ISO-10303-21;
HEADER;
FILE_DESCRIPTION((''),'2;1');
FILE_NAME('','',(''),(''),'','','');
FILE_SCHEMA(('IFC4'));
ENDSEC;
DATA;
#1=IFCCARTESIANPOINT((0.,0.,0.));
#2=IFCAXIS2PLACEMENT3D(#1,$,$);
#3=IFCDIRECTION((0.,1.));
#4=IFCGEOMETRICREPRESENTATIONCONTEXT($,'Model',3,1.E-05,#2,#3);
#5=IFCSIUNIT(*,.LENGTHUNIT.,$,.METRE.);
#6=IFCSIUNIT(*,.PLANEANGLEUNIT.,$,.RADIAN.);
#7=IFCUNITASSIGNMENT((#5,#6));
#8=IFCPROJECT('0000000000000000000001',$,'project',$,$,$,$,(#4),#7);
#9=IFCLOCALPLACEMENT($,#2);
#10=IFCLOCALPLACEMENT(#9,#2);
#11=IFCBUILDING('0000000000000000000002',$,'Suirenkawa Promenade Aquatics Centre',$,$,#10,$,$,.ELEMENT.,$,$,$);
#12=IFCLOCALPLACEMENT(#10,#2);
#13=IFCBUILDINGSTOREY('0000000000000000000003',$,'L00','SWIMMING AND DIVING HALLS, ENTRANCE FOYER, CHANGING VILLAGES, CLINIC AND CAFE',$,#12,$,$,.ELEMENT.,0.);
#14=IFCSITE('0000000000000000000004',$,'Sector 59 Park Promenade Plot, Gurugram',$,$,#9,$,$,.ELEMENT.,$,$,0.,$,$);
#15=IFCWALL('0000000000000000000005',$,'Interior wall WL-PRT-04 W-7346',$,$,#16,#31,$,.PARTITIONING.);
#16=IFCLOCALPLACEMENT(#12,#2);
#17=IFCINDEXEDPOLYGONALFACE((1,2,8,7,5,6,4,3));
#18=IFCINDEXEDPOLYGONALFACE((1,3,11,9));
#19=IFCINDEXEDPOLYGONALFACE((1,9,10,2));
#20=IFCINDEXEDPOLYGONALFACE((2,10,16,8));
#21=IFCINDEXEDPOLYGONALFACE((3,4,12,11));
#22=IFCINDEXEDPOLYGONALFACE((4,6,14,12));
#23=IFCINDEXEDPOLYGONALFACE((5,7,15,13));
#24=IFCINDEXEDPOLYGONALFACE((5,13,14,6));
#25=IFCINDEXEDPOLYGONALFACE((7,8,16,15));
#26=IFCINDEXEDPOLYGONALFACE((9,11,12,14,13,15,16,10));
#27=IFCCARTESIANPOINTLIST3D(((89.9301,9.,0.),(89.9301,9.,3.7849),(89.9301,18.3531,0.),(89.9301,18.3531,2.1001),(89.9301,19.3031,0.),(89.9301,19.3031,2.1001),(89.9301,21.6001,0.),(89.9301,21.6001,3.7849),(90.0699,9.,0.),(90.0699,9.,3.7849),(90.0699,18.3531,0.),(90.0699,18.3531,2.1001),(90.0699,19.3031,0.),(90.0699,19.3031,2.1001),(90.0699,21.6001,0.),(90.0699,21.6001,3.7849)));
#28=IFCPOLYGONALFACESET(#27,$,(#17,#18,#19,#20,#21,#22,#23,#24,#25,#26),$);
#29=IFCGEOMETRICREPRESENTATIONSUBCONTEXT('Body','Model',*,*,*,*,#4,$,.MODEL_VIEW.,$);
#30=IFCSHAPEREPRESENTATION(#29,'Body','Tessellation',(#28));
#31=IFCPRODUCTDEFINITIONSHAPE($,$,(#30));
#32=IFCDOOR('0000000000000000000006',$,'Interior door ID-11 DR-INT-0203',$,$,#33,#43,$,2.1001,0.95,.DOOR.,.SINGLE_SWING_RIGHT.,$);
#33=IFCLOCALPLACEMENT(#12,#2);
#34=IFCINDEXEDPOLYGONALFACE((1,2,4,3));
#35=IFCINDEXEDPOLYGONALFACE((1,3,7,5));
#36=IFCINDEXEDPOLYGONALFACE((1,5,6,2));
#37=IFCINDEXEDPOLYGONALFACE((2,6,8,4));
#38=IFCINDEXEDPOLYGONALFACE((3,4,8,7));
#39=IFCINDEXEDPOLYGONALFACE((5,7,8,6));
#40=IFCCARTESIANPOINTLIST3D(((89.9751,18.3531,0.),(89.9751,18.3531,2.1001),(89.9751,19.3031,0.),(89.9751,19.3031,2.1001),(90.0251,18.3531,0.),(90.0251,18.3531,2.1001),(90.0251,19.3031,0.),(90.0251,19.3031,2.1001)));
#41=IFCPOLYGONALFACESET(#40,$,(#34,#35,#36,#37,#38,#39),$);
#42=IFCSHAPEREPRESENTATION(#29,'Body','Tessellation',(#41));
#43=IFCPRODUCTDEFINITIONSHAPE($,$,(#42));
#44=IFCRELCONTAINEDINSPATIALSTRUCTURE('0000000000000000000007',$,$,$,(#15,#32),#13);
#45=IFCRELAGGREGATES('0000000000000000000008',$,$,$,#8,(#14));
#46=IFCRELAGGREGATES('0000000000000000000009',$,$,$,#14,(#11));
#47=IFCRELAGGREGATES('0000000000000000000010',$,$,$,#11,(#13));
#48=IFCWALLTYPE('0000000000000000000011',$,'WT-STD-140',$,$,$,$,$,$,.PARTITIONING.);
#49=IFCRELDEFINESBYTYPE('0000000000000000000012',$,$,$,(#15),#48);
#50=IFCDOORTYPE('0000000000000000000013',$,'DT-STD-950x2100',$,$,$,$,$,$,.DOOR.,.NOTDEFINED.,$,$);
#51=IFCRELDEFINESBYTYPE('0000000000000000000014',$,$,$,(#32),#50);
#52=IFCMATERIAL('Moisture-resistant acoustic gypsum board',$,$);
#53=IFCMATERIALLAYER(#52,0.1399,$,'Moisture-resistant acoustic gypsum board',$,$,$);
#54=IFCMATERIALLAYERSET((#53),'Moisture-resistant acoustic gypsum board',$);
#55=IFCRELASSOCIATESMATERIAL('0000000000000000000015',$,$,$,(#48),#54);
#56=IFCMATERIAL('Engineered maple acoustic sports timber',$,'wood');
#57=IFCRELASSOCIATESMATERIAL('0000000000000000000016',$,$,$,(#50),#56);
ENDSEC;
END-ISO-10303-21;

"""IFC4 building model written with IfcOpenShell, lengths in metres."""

from ifc_helpers import new_model, si_unit, direction, frame, frame_2d, origin, place, context, subcontext, project, spatial, rectangle, extrude, material, layer, layer_set, type_object, element, fill, save


model = new_model("IFC4")

# Units and contexts
model_context = context("Model", 3, precision=1e-05, world=origin(), true_north=direction((0.0, 1.0)))
body_context = subcontext(model_context, "Body", "Model", "MODEL_VIEW")
ifc_project = project(units=[si_unit("LENGTHUNIT", "METRE"), si_unit("PLANEANGLEUNIT", "RADIAN")], contexts=[model_context])

# Site, building, storey
site_placement = place(None, origin())
site = spatial("IfcSite", under=ifc_project, at=site_placement, Name="Sector 59 Park Promenade Plot, Gurugram", CompositionType="ELEMENT", RefElevation=0.0)
building_placement = place(site_placement, origin())
building = spatial("IfcBuilding", under=site, at=building_placement, Name="Suirenkawa Promenade Aquatics Centre", CompositionType="ELEMENT")
storey_placement = place(building_placement, origin())
storey = spatial("IfcBuildingStorey", under=building, at=storey_placement, Name="L00", Description="SWIMMING AND DIVING HALLS, ENTRANCE FOYER, CHANGING VILLAGES, CLINIC AND CAFE", CompositionType="ELEMENT", Elevation=0.0)

# Wall, opening, door
ifc_material_1 = material(Name="Moisture-resistant acoustic gypsum board")
ifc_layer_1 = layer(ifc_material_1, 0.1399, Name="Moisture-resistant acoustic gypsum board")
ifc_layer_set_1 = layer_set([ifc_layer_1], Name="Moisture-resistant acoustic gypsum board")
wall_type_1 = type_object("IfcWallType", Name="WT-STD-140", PredefinedType="PARTITIONING", material=ifc_layer_set_1)
wall_1_placement = place(storey_placement, frame((90.0, 9.0, 0.0), z_axis=(0.0, 0.0, 1.0), x_axis=(0.0, 1.0, 0.0)))
wall_1 = element("IfcWall", 1, at=wall_1_placement, inside=storey, type_object=wall_type_1, Name="Interior wall WL-PRT-04 W-7346", PredefinedType="PARTITIONING", context=body_context, shape_type="SweptSolid", body=[
    extrude(rectangle(XDim=12.6001, YDim=0.1399, at=frame_2d((6.3, 0.0))), origin(), (0.0, 0.0, 1.0), 3.7849),
])
opening_1_placement = place(wall_1_placement, frame((9.353, 0.0, 0.0)))
opening_1 = element("IfcOpeningElement", 2, at=opening_1_placement, cuts=wall_1, PredefinedType="OPENING", context=body_context, shape_type="SweptSolid", body=[
    extrude(rectangle(XDim=0.95, YDim=2.1001, at=frame_2d((0.4751, 1.05))), frame((0.0, 0.0798, 0.0), z_axis=(0.0, -1.0, 0.0), x_axis=(1.0, 0.0, 0.0)), (0.0, 0.0, 1.0), 0.1599),
])
ifc_material_2 = material(Name="Engineered maple acoustic sports timber", Category="wood")
door_type_1 = type_object("IfcDoorType", Name="DT-STD-950x2100", OperationType="NOTDEFINED", PredefinedType="DOOR", material=ifc_material_2)
door_1_placement = place(opening_1_placement, origin())
door_1 = element("IfcDoor", 3, at=door_1_placement, inside=storey, type_object=door_type_1, Name="Interior door ID-11 DR-INT-0203", OperationType="SINGLE_SWING_RIGHT", OverallHeight=2.1001, OverallWidth=0.95, PredefinedType="DOOR", context=body_context, shape_type="SweptSolid", body=[
    extrude(rectangle(XDim=0.95, YDim=2.1001, at=frame_2d((0.4751, 1.05))), frame((0.0, 0.0249, 0.0), z_axis=(0.0, -1.0, 0.0), x_axis=(1.0, 0.0, 0.0)), (0.0, 0.0, 1.0), 0.05),
])
fill(opening_1, door_1)

save(model, "model.ifc")
